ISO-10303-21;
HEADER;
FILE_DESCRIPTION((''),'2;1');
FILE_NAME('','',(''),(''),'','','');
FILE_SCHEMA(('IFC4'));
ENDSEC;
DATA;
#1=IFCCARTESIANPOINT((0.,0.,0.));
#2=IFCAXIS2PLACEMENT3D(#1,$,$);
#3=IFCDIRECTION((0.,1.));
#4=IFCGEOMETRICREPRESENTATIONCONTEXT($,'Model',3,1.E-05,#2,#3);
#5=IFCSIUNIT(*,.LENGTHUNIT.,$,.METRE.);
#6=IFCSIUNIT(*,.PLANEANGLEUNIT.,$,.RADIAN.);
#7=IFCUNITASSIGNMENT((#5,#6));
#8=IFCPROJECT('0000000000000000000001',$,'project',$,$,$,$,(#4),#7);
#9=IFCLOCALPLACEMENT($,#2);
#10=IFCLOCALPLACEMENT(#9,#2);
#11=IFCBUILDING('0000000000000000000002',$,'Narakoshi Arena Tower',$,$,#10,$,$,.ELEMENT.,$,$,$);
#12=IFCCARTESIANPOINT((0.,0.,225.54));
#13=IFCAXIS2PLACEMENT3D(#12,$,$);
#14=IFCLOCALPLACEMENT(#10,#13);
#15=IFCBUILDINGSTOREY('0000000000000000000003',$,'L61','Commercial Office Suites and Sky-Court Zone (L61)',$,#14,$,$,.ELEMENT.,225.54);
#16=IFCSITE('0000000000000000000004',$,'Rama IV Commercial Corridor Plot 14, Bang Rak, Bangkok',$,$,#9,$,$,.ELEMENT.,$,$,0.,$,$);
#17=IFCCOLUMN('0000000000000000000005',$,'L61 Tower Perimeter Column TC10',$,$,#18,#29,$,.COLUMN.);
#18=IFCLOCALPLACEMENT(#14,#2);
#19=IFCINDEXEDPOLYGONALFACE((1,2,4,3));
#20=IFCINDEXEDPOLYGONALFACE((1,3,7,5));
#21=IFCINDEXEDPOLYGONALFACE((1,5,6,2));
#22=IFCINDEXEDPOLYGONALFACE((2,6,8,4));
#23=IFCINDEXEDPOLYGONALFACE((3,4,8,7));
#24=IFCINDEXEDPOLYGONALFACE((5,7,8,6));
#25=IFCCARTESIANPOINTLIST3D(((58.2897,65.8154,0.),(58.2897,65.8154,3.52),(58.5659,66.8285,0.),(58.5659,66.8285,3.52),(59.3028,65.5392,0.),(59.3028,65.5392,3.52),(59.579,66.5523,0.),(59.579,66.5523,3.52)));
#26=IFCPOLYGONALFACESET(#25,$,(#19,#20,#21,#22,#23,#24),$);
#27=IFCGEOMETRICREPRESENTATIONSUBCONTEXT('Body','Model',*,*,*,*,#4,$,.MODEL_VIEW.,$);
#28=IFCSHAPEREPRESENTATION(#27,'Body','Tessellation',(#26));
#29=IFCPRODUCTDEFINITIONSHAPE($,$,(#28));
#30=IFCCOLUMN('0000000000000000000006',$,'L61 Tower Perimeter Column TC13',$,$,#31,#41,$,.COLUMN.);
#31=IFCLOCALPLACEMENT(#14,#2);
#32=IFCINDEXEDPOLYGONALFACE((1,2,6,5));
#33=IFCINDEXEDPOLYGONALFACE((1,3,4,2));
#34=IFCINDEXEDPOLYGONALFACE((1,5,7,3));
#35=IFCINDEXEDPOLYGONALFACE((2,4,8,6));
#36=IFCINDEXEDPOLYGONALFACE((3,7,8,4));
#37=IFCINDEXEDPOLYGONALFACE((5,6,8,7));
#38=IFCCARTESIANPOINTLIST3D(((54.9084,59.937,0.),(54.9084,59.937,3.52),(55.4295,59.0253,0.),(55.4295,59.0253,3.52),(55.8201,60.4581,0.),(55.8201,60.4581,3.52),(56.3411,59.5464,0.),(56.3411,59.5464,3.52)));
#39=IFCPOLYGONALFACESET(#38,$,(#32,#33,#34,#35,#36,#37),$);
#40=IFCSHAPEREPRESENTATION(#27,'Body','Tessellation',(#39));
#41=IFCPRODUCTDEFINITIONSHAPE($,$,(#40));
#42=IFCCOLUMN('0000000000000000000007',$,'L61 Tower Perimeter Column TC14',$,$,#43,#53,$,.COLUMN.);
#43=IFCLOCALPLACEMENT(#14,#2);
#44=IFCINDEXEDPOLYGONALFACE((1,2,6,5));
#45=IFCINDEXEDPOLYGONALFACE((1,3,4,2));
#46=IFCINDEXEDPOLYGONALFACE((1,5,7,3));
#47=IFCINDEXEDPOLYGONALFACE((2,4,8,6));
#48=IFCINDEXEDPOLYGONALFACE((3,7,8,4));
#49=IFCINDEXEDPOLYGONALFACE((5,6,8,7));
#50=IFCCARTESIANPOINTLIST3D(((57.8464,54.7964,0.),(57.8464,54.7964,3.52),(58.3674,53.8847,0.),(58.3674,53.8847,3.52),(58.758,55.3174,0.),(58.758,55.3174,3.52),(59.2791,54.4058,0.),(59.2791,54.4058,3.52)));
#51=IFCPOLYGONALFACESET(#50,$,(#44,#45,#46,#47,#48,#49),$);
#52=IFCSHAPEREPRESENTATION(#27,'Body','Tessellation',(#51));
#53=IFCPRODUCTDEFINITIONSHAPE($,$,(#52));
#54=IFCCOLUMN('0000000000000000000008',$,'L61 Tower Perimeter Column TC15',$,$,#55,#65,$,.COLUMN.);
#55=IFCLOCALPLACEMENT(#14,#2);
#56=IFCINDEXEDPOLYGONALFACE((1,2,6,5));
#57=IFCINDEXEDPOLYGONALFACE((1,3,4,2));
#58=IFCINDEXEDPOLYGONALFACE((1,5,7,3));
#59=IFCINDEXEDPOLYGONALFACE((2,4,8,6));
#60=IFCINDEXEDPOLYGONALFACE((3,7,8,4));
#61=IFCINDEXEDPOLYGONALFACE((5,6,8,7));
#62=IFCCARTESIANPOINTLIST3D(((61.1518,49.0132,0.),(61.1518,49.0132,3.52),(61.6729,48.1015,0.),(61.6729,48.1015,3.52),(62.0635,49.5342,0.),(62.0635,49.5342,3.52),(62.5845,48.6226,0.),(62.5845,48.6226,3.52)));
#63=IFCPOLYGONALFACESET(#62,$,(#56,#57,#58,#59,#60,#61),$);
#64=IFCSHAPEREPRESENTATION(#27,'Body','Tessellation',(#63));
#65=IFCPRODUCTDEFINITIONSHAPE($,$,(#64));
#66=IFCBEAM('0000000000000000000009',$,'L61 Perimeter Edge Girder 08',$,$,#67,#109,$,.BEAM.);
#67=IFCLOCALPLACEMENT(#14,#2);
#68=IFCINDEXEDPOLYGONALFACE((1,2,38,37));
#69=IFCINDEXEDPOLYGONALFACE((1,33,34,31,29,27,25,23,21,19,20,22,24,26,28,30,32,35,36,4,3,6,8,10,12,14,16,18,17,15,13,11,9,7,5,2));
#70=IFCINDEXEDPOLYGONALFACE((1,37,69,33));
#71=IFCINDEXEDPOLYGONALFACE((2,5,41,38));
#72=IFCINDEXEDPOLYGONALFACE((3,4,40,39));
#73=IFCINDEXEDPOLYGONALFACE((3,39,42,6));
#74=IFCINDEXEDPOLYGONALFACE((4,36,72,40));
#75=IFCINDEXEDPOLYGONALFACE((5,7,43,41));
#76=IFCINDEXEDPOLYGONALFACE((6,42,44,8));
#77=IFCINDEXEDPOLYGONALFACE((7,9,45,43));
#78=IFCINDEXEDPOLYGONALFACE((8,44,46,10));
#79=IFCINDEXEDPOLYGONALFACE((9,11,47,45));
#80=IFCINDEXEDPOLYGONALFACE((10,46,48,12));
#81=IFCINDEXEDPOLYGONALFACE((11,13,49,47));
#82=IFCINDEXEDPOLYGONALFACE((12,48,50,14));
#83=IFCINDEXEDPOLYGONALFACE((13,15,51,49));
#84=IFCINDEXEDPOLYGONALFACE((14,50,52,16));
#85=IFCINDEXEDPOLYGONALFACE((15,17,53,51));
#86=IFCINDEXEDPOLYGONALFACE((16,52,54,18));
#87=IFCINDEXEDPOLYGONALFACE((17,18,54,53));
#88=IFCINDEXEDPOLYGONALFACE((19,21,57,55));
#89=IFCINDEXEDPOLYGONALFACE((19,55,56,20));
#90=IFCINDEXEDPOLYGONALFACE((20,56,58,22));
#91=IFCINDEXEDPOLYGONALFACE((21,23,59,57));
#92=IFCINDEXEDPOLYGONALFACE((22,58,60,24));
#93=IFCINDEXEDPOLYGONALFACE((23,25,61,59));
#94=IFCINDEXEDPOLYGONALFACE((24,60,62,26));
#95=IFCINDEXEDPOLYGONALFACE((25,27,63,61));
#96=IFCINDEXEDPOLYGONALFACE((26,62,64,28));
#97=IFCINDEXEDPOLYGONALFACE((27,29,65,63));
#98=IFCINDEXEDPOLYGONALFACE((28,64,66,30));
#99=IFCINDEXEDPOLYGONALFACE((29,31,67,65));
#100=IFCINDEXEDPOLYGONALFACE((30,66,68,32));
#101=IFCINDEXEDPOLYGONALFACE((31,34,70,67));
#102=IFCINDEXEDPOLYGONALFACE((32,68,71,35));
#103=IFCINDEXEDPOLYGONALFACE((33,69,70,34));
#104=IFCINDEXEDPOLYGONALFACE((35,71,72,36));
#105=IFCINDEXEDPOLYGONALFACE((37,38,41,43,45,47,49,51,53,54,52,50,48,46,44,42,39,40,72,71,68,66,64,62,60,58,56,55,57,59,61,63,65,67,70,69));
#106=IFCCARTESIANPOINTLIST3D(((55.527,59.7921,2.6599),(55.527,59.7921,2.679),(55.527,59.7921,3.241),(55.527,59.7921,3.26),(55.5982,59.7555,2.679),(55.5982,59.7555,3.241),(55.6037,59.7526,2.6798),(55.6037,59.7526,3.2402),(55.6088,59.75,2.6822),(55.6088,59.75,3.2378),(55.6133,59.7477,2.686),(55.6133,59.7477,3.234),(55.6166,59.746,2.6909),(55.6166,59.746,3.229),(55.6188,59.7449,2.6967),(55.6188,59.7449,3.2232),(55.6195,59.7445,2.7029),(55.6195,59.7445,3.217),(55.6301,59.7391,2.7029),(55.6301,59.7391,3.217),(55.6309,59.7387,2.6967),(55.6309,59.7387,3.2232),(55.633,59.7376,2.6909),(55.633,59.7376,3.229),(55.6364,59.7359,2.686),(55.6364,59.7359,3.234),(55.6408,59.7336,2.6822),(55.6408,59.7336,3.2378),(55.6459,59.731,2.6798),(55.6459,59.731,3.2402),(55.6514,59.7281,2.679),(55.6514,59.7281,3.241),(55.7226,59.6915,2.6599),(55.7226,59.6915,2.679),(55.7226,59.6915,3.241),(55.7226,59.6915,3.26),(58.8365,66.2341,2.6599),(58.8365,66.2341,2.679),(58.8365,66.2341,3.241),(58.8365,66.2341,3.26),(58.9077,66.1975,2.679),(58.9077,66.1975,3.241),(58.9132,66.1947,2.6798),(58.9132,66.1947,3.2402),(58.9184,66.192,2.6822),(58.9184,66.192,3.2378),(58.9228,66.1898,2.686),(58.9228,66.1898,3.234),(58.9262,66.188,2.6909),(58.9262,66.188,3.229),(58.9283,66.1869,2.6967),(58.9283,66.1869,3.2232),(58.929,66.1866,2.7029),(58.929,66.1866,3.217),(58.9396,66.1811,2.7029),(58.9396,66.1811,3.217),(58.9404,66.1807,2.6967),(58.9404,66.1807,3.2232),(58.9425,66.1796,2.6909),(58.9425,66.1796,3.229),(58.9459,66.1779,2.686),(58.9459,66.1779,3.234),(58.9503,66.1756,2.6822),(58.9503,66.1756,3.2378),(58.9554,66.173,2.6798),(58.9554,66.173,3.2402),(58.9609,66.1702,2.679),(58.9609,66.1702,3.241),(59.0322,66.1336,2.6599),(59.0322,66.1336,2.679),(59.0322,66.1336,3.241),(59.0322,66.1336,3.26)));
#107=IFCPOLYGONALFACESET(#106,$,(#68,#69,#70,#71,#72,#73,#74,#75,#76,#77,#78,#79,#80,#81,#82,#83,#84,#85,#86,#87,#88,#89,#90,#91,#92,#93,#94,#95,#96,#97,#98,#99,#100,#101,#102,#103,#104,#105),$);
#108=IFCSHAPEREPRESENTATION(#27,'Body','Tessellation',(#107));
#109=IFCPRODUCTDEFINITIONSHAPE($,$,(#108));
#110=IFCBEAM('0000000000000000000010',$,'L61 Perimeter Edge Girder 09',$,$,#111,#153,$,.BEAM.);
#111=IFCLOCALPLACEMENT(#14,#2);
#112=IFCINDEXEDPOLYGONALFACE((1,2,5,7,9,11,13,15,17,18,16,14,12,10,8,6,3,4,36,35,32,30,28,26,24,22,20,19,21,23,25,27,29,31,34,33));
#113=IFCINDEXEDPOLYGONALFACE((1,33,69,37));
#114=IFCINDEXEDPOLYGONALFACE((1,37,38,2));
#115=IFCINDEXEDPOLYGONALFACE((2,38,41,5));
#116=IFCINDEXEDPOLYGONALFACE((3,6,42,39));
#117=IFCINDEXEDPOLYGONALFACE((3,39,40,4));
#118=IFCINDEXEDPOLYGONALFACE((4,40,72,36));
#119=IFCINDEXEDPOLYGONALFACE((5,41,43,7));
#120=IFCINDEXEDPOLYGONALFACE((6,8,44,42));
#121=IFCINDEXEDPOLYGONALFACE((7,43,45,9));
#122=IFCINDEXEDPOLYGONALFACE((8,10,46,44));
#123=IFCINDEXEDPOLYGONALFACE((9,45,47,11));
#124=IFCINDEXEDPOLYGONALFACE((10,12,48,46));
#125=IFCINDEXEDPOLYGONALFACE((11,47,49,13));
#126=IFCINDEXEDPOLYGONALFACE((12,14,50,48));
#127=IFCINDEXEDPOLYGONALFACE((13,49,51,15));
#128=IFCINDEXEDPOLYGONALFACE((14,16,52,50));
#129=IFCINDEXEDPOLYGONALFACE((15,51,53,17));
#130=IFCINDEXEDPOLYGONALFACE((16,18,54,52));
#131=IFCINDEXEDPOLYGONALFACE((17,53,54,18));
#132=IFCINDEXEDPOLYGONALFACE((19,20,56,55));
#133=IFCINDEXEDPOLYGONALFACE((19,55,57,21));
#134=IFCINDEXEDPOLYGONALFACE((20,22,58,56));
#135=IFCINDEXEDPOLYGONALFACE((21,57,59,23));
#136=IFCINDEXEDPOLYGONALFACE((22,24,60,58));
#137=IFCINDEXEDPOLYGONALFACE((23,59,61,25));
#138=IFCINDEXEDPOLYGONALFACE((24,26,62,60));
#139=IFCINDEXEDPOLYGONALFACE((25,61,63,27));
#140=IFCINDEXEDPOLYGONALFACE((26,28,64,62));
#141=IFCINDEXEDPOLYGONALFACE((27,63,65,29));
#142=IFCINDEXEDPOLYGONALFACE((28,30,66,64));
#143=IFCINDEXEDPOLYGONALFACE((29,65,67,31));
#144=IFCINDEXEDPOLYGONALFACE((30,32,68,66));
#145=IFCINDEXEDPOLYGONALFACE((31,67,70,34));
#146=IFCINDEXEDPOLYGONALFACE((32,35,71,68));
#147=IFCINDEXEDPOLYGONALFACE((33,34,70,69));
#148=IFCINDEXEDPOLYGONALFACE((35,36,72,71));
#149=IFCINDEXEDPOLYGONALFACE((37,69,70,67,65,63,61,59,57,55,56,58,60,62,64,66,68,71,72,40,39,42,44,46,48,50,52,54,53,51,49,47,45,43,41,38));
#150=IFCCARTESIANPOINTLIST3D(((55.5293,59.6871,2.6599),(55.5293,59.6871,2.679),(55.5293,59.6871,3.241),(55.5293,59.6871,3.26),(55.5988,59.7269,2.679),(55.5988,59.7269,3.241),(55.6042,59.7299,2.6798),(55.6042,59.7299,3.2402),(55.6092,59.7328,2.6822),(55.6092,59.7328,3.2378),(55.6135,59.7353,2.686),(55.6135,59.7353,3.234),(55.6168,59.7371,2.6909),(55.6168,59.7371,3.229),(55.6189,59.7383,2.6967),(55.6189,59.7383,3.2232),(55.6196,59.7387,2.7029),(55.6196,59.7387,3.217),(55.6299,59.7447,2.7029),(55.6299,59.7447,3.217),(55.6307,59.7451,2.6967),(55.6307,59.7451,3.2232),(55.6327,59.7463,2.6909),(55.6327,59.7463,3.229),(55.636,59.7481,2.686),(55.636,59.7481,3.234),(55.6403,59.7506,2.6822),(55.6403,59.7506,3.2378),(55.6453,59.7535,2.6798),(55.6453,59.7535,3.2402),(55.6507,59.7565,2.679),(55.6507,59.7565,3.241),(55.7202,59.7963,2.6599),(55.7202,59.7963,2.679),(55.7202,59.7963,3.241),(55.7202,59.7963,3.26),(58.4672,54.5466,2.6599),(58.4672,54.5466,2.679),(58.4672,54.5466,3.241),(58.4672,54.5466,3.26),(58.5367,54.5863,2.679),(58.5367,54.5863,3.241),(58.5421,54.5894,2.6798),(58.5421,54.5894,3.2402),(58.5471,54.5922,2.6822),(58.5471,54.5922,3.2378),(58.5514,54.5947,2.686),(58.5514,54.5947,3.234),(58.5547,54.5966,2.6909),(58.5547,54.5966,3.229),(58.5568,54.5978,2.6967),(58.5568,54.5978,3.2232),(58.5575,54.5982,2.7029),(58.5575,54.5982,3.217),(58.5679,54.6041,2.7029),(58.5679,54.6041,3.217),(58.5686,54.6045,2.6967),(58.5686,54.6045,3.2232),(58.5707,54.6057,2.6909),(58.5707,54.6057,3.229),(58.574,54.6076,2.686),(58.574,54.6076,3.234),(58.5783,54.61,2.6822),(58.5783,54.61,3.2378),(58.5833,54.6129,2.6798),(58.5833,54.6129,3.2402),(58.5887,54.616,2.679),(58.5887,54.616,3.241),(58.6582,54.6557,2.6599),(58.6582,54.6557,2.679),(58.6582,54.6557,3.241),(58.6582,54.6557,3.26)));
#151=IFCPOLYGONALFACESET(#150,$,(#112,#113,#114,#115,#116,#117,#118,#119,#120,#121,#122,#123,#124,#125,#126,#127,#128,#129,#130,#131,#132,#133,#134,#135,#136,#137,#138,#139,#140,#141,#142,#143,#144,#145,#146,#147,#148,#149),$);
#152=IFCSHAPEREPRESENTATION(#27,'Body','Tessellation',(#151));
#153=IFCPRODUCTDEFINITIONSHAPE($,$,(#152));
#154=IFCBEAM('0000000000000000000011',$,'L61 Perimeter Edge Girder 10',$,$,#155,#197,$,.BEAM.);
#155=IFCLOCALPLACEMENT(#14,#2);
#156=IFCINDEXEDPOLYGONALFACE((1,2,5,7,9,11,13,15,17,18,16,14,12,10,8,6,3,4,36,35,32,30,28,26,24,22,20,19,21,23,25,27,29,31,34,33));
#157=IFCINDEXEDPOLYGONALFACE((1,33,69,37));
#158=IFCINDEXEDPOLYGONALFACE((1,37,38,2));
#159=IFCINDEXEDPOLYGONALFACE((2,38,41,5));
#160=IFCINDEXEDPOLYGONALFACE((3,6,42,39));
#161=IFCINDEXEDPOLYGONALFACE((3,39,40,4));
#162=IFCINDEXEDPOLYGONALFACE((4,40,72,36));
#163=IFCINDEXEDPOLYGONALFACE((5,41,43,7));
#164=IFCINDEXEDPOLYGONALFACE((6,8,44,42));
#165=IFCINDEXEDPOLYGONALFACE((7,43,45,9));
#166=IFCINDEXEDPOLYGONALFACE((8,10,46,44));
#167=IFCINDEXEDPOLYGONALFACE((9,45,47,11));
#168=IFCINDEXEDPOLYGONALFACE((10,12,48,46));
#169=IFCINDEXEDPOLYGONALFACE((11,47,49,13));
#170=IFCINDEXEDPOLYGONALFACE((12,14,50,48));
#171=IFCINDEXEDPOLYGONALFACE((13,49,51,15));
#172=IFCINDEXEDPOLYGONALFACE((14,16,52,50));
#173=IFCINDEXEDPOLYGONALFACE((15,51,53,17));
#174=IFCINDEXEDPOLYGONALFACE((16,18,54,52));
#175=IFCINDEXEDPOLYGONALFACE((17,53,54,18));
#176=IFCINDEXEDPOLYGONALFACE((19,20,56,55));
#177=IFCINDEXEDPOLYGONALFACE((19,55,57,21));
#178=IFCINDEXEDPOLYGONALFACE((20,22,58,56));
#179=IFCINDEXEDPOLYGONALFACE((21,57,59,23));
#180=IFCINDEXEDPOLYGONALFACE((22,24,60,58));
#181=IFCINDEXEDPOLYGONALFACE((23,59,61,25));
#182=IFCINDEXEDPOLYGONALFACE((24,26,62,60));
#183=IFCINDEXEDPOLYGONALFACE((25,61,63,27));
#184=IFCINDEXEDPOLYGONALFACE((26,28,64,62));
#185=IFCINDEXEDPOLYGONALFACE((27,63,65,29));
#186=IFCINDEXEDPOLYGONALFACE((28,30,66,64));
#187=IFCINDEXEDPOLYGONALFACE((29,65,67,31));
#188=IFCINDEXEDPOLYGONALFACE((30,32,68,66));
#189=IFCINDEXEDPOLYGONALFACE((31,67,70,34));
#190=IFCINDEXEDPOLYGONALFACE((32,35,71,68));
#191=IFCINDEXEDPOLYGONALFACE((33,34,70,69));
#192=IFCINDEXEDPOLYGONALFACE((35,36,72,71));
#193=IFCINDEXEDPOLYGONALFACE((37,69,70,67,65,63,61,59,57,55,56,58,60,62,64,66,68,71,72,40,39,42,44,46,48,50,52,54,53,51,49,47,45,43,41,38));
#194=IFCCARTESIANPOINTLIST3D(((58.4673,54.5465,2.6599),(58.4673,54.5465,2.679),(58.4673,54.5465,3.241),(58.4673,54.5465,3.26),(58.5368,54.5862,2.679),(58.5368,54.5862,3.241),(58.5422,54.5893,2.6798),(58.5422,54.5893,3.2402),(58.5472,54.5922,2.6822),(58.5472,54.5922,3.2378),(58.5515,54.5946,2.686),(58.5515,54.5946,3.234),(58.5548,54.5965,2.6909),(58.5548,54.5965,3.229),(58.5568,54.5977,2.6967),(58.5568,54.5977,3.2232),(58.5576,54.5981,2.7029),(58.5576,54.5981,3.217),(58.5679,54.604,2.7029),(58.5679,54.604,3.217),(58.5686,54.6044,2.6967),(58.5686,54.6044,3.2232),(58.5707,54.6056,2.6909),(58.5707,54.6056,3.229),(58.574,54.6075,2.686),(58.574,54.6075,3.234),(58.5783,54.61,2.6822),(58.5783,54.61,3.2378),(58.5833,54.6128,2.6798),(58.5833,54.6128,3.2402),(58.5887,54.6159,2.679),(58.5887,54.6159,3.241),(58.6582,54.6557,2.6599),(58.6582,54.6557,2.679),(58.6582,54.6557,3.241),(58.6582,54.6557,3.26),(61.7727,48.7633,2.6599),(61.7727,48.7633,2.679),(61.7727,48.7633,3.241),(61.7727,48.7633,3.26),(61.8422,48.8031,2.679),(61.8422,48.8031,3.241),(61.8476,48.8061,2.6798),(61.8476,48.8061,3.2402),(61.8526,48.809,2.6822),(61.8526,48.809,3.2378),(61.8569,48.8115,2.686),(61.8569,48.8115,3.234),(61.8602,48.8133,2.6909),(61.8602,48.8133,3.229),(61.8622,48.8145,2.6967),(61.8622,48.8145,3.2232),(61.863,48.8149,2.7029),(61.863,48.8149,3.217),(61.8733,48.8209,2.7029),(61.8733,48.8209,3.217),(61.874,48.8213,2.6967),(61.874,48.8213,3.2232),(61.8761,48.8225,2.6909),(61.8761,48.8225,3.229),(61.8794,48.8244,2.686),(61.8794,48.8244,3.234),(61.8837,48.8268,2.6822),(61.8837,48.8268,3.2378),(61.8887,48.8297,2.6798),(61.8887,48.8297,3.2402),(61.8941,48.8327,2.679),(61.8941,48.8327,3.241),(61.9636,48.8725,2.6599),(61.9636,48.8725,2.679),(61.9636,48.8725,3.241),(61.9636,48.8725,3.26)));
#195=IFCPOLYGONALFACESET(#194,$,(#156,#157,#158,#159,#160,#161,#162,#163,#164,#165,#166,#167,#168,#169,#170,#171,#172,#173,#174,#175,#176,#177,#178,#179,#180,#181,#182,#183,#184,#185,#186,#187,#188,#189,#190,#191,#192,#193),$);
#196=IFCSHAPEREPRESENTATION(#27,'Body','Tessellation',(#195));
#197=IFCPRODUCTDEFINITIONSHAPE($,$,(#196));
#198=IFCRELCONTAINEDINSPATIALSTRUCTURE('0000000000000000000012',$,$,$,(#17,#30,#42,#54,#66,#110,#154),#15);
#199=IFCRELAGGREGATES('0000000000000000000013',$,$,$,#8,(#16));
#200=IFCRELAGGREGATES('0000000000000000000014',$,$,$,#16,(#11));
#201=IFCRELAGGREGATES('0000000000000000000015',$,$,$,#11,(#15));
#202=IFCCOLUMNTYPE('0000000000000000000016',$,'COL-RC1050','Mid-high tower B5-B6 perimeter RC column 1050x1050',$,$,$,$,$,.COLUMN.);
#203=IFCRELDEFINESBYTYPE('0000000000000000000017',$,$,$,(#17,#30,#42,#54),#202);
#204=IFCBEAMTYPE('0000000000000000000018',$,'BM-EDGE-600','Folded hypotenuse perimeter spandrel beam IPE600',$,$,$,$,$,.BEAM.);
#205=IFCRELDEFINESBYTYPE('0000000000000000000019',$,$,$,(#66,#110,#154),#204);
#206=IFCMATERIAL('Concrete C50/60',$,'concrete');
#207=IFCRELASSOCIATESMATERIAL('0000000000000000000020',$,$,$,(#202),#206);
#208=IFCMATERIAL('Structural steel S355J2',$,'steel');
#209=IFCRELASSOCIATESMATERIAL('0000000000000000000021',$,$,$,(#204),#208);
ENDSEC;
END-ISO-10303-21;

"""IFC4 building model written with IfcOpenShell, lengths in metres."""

from ifc_helpers import new_model, si_unit, direction, frame, origin, origin_2d, place, context, subcontext, project, spatial, rectangle, i_section, extrude, material, material_profile, profile_set, type_object, element, save


model = new_model("IFC4")

# Units and contexts
model_context = context("Model", 3, precision=1e-05, world=origin(), true_north=direction((0.0, 1.0)))
body_context = subcontext(model_context, "Body", "Model", "MODEL_VIEW")
ifc_project = project(units=[si_unit("LENGTHUNIT", "METRE"), si_unit("PLANEANGLEUNIT", "RADIAN")], contexts=[model_context])

# Site, building, storey
site_placement = place(None, origin())
site = spatial("IfcSite", under=ifc_project, at=site_placement, Name="Rama IV Commercial Corridor Plot 14, Bang Rak, Bangkok", CompositionType="ELEMENT", RefElevation=0.0)
building_placement = place(site_placement, origin())
building = spatial("IfcBuilding", under=site, at=building_placement, Name="Narakoshi Arena Tower", CompositionType="ELEMENT")
storey_placement = place(building_placement, frame((0.0, 0.0, 225.54)))
storey = spatial("IfcBuildingStorey", under=building, at=storey_placement, Name="L61", Description="Commercial Office Suites and Sky-Court Zone (L61)", CompositionType="ELEMENT", Elevation=225.54)

# Columns
ifc_material_1 = material(Name="Concrete C50/60", Category="concrete")
ifc_material_profile_1 = material_profile(ifc_material_1, rectangle(XDim=1.05, YDim=1.05, at=origin_2d()), Name="RC1050x1050")
ifc_profile_set_1 = profile_set([ifc_material_profile_1], Name="Concrete C50/60")
column_type = type_object("IfcColumnType", Name="COL-RC1050", Description="Mid-high tower B5-B6 perimeter RC column 1050x1050", PredefinedType="COLUMN", material=ifc_profile_set_1)
for number, where, z_axis, x_axis, name in (
    (1, (58.9343, 66.1838, 0.0), (0.0, 0.0, 1.0), (0.263031, 0.964787, 0.0), "L61 Tower Perimeter Column TC10"),
    (2, (55.6248, 59.7417, 0.0), (0.0, 0.0, 1.0), (-0.496217, 0.868199, 0.0), "L61 Tower Perimeter Column TC13"),
    (3, (58.5627, 54.6011, 0.0), (0.0, 0.0, 1.0), (-0.496217, 0.868199, 0.0), "L61 Tower Perimeter Column TC14"),
    (4, (61.8682, 48.8179, 0.0), (0.0, 0.0, 1.0), (-0.496217, 0.868199, 0.0), "L61 Tower Perimeter Column TC15"),
):
    element("IfcColumn", number, at=place(storey_placement, frame(where, z_axis=z_axis, x_axis=x_axis)), inside=storey, type_object=column_type, Name=name, PredefinedType="COLUMN", context=body_context, shape_type="SweptSolid", body=[
        extrude(rectangle(XDim=1.05, YDim=1.05, at=origin_2d()), origin(), (0.0, 0.0, 1.0), 3.52),
    ])

# Beams
ifc_material_2 = material(Name="Structural steel S355J2", Category="steel")
ifc_material_profile_2 = material_profile(ifc_material_2, i_section(OverallWidth=0.22, OverallDepth=0.6001, WebThickness=0.012, FlangeThickness=0.019, FilletRadius=0.0239, at=origin_2d()), Name="IPE600")
ifc_profile_set_2 = profile_set([ifc_material_profile_2], Name="Structural steel S355J2")
beam_type_1 = type_object("IfcBeamType", Name="BM-EDGE-600", Description="Folded hypotenuse perimeter spandrel beam IPE600", PredefinedType="BEAM", material=ifc_profile_set_2)
beam_1_placement = place(storey_placement, frame((58.9343, 66.1838, 2.96), z_axis=(-0.456963, -0.889486, 0.0), x_axis=(0.889486, -0.456963, 0.0)))
element("IfcBeam", 5, at=beam_1_placement, inside=storey, type_object=beam_type_1, Name="L61 Perimeter Edge Girder 08", PredefinedType="BEAM", context=body_context, shape_type="SweptSolid", body=[
    extrude(i_section(OverallWidth=0.22, OverallDepth=0.6001, WebThickness=0.012, FlangeThickness=0.019, FilletRadius=0.0239, at=origin_2d()), origin(), (0.0, 0.0, 1.0), 7.2424),
])
beam_2_placement = place(storey_placement, frame((55.6248, 59.7417, 2.96), z_axis=(0.496201, -0.868208, 0.0), x_axis=(0.868208, 0.496201, 0.0)))
element("IfcBeam", 6, at=beam_2_placement, inside=storey, type_object=beam_type_1, Name="L61 Perimeter Edge Girder 09", PredefinedType="BEAM", context=body_context, shape_type="SweptSolid", body=[
    extrude(i_section(OverallWidth=0.22, OverallDepth=0.6001, WebThickness=0.012, FlangeThickness=0.019, FilletRadius=0.0239, at=origin_2d()), origin(), (0.0, 0.0, 1.0), 5.9209),
])
for number, where, z_axis, x_axis, name in (
    (7, (58.5627, 54.6011, 2.96), (0.496222, -0.868196, 0.0), (0.868196, 0.496222, 0.0), "L61 Perimeter Edge Girder 10"),
):
    element("IfcBeam", number, at=place(storey_placement, frame(where, z_axis=z_axis, x_axis=x_axis)), inside=storey, type_object=beam_type_1, Name=name, PredefinedType="BEAM", context=body_context, shape_type="SweptSolid", body=[
        extrude(i_section(OverallWidth=0.22, OverallDepth=0.6001, WebThickness=0.012, FlangeThickness=0.019, FilletRadius=0.0239, at=origin_2d()), origin(), (0.0, 0.0, 1.0), 6.6611),
    ])

save(model, "model.ifc")
